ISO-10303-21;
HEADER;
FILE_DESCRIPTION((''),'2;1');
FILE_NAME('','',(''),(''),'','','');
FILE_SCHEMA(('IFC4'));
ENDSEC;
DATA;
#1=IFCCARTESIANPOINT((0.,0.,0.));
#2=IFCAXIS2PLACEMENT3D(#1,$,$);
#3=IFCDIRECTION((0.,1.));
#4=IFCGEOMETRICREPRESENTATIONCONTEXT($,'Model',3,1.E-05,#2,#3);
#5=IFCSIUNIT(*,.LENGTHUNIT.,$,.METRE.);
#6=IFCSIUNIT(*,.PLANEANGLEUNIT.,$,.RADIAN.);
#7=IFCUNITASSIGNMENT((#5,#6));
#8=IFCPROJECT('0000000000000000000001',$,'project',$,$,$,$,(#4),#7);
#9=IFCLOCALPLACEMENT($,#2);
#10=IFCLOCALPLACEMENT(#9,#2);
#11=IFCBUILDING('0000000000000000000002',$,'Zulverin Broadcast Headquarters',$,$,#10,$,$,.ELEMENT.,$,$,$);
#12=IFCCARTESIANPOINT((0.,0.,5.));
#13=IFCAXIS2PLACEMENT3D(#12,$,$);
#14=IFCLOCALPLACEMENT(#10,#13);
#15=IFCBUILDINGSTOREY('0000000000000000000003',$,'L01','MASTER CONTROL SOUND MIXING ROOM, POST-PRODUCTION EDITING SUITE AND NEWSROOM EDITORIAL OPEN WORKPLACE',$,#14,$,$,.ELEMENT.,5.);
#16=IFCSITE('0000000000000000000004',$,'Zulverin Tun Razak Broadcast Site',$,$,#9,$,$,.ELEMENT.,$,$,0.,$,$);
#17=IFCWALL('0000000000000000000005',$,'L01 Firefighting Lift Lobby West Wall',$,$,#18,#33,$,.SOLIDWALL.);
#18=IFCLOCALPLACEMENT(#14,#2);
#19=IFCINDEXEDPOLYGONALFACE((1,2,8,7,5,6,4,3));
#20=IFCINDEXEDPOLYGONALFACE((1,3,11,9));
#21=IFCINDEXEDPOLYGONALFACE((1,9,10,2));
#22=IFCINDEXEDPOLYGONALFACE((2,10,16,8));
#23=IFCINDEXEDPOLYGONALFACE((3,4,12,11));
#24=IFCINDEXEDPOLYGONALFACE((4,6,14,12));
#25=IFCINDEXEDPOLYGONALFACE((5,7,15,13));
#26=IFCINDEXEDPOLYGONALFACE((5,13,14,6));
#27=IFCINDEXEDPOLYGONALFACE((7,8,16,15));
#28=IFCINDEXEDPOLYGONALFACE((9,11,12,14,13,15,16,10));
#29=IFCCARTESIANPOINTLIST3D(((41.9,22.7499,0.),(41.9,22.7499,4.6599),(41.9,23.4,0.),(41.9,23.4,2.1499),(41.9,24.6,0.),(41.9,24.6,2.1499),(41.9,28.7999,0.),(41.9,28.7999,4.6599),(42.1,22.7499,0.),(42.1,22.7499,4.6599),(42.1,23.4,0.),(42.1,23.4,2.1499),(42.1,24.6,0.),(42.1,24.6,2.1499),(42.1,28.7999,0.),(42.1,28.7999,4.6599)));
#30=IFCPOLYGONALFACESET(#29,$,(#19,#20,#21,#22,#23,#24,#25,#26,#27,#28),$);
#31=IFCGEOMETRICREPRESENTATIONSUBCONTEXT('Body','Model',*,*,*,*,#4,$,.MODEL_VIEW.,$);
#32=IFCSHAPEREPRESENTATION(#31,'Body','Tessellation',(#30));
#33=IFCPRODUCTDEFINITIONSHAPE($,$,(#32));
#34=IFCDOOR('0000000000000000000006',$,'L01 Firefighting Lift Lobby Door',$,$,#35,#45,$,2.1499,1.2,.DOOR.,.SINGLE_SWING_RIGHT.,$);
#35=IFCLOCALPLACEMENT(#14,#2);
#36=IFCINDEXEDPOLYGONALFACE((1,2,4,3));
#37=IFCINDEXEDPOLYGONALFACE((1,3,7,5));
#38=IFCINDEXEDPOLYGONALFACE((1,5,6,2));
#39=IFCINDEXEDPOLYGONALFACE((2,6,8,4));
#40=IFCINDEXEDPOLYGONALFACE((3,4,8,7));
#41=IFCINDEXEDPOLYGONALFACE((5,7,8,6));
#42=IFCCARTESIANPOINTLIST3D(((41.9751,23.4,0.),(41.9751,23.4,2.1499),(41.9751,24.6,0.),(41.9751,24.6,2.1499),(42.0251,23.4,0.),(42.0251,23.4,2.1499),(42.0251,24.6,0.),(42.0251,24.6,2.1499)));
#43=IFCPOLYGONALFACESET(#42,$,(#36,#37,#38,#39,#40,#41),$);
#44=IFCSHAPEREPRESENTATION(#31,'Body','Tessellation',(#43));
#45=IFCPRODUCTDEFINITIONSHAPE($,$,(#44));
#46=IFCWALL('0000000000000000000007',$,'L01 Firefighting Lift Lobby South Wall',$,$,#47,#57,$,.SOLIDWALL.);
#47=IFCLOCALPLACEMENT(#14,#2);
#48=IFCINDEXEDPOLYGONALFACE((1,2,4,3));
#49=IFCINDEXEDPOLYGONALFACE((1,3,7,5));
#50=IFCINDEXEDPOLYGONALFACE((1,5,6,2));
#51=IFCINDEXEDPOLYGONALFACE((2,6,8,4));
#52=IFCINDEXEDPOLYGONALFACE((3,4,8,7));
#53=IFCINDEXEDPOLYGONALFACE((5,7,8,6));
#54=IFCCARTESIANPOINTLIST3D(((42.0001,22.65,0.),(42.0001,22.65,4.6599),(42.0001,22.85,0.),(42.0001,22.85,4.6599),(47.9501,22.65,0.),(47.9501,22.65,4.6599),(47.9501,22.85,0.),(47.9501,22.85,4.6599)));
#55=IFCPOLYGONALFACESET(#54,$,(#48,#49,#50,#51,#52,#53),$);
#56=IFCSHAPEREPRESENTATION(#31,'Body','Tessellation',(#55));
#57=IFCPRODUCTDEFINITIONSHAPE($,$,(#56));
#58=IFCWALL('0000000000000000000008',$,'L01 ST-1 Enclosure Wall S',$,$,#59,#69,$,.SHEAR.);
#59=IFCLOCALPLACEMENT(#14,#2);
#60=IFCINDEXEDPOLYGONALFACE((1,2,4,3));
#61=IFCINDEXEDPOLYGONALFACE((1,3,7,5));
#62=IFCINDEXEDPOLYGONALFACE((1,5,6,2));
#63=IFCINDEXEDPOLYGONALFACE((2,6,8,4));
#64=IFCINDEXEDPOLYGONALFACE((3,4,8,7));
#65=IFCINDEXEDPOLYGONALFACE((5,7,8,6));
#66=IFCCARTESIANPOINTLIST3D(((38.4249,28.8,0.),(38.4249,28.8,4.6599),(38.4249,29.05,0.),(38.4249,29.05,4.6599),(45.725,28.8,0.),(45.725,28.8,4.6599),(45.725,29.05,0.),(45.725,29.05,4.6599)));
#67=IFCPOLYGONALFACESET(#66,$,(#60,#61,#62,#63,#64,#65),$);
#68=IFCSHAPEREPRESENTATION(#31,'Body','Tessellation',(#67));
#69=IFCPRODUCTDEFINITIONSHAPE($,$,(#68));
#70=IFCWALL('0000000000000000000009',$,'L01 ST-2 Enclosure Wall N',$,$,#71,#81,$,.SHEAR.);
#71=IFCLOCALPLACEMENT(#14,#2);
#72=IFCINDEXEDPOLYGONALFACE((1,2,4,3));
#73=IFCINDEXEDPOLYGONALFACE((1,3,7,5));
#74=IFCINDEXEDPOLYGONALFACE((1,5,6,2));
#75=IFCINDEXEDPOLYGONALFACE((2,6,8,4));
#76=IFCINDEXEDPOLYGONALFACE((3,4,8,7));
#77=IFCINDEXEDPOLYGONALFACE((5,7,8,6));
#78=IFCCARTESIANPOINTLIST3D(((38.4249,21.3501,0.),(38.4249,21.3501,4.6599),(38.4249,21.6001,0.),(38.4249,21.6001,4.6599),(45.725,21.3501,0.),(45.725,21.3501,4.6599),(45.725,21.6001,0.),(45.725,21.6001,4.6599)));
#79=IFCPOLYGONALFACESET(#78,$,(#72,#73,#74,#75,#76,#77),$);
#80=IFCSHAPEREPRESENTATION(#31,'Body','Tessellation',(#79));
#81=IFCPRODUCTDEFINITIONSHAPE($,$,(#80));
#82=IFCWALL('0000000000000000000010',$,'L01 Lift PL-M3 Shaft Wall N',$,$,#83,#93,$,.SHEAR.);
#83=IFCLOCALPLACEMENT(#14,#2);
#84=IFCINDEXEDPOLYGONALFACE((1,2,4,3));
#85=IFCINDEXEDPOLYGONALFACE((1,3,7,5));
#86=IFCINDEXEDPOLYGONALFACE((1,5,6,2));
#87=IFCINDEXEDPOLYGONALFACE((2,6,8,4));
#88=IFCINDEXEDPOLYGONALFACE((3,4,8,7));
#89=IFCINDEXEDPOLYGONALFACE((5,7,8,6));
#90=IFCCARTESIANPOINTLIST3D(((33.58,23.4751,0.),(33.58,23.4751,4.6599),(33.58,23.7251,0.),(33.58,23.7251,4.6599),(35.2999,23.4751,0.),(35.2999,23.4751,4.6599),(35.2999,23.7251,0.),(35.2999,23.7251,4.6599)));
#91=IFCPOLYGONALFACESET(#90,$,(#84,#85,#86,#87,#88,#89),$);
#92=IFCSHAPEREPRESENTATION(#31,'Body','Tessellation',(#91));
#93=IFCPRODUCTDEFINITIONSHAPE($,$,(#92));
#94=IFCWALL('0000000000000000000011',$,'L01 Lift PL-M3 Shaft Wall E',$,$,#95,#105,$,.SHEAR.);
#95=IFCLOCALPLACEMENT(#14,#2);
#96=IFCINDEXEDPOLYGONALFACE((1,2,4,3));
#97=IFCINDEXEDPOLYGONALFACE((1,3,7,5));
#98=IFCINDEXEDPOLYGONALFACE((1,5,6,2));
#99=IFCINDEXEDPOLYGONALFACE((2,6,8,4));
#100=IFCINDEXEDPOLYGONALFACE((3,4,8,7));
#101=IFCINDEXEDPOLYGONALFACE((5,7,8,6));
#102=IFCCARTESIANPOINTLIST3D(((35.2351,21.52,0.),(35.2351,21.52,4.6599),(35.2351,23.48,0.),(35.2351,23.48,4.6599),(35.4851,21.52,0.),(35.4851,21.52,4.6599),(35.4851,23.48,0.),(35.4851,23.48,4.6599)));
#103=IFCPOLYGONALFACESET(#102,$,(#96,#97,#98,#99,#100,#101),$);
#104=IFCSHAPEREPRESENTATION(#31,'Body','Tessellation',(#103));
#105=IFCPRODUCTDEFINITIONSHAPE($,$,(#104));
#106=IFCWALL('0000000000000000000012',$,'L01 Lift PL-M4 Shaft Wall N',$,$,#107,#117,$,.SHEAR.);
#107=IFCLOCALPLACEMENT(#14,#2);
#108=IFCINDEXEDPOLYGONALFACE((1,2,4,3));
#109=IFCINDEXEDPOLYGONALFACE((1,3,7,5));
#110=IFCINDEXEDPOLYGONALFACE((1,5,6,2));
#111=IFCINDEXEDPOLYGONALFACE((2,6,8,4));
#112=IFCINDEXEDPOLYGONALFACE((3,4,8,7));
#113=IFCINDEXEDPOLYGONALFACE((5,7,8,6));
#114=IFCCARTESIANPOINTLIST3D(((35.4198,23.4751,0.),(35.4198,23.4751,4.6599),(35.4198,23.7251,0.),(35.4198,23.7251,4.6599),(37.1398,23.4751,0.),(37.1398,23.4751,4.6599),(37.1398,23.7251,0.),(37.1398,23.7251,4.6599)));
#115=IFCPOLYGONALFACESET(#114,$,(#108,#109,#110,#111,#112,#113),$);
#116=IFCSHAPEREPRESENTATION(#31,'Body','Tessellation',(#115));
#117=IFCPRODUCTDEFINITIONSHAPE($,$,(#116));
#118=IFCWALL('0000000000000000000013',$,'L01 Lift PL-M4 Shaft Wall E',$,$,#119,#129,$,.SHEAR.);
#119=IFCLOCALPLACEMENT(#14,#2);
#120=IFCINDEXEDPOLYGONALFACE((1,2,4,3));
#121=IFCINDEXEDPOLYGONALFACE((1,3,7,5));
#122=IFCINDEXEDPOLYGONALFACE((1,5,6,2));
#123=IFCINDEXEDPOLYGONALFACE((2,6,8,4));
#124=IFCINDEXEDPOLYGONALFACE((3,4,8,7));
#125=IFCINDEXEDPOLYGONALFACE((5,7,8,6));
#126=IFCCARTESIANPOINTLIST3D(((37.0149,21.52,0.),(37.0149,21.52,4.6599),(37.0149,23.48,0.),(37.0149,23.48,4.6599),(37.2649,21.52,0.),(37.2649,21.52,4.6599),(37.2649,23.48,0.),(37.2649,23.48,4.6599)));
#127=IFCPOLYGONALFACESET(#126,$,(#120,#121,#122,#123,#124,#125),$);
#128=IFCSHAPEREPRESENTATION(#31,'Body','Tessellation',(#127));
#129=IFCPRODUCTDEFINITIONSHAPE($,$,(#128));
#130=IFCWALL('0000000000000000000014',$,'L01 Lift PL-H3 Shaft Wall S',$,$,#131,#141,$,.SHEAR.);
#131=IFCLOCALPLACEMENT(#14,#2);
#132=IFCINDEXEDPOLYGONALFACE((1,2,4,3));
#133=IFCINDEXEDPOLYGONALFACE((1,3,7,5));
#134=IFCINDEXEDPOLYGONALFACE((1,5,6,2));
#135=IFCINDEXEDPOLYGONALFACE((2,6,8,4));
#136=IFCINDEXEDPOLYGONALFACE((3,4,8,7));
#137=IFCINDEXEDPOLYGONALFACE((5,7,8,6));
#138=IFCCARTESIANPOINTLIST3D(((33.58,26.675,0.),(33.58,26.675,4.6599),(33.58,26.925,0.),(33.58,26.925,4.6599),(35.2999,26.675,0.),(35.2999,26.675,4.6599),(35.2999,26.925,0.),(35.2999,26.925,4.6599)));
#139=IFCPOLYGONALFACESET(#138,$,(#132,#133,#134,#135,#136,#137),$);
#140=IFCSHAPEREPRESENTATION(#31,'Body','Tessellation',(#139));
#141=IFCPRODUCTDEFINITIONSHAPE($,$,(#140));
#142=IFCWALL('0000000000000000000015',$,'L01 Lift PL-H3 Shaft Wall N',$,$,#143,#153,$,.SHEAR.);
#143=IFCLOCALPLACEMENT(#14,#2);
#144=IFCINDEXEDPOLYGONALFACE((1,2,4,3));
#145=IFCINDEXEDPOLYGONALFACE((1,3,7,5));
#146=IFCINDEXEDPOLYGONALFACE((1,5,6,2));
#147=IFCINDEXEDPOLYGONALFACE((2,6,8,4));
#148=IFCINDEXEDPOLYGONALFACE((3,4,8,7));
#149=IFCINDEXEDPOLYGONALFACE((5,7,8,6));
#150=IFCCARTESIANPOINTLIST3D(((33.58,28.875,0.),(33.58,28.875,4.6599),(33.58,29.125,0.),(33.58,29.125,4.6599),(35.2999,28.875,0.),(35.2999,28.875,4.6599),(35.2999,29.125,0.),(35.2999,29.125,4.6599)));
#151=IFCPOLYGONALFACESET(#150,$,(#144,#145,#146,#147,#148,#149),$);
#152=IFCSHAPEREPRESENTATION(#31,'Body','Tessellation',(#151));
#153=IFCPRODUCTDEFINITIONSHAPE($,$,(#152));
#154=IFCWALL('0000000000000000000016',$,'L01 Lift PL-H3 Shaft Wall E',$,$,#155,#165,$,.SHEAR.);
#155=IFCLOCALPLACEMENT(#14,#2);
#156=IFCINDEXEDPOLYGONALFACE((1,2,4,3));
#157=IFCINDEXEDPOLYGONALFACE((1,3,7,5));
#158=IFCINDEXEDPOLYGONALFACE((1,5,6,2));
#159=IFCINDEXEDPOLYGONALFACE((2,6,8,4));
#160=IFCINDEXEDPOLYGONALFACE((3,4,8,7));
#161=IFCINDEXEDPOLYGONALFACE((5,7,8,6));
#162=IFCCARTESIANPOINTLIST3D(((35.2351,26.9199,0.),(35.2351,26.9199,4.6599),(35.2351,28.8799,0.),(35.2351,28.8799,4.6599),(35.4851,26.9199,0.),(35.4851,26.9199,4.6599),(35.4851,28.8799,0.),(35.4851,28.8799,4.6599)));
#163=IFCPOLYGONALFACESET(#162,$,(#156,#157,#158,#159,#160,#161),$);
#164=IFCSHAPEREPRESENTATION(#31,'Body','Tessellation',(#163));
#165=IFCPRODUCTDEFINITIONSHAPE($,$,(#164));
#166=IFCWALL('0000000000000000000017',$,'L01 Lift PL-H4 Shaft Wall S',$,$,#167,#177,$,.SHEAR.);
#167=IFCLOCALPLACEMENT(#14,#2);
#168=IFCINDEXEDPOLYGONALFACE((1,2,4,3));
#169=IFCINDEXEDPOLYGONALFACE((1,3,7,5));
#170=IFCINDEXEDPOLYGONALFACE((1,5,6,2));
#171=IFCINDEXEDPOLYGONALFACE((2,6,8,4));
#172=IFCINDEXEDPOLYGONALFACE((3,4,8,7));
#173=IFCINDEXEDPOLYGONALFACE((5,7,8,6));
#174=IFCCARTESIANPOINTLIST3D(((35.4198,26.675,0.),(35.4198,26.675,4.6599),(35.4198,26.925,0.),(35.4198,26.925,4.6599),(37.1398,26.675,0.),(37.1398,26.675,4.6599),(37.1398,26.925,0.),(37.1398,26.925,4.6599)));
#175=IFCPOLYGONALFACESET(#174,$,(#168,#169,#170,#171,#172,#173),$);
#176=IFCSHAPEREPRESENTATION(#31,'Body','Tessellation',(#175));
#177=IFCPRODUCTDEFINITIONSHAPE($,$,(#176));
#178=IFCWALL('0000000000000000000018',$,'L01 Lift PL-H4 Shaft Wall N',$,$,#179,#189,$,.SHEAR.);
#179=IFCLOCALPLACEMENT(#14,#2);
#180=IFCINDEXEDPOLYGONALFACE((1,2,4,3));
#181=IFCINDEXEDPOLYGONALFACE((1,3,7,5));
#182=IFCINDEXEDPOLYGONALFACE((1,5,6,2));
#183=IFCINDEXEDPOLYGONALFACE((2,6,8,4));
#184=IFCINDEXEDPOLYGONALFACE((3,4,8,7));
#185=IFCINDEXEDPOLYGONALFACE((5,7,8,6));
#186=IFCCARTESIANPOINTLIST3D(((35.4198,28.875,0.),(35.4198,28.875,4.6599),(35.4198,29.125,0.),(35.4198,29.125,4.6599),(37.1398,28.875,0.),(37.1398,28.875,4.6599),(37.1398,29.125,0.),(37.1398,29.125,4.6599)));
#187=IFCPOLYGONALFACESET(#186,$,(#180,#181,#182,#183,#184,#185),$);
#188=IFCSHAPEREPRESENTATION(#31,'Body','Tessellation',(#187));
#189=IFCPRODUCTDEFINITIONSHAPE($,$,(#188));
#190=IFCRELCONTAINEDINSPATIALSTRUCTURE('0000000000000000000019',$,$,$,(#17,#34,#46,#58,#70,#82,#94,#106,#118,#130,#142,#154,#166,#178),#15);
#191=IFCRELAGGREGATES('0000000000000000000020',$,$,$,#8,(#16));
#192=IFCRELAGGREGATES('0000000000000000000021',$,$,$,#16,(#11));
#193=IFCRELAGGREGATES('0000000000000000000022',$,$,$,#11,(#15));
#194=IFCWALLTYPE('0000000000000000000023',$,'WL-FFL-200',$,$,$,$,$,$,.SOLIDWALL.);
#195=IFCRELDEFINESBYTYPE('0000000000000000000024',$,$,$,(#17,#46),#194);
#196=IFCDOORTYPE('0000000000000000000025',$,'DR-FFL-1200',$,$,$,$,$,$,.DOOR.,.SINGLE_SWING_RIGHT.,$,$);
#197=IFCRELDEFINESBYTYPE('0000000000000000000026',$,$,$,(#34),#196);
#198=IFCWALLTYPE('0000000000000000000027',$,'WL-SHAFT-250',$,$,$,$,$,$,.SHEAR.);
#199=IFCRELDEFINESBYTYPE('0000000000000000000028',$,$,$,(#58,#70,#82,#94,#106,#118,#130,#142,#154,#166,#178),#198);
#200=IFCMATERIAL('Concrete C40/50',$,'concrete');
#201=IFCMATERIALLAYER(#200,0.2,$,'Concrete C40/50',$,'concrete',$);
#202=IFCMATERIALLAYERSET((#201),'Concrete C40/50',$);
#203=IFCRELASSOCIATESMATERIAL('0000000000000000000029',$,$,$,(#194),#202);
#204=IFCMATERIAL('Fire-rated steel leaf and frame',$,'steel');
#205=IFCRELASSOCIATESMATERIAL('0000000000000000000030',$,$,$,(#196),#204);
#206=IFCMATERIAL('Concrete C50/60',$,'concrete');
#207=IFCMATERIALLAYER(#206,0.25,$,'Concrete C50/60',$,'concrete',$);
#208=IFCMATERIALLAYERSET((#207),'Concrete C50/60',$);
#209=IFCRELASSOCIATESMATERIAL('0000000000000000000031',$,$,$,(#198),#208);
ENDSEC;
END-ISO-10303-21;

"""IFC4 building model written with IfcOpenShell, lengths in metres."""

from ifc_helpers import new_model, si_unit, direction, frame, frame_2d, origin, place, context, subcontext, project, spatial, rectangle, extrude, material, layer, layer_set, type_object, element, fill, save


model = new_model("IFC4")

# Units and contexts
model_context = context("Model", 3, precision=1e-05, world=origin(), true_north=direction((0.0, 1.0)))
body_context = subcontext(model_context, "Body", "Model", "MODEL_VIEW")
ifc_project = project(units=[si_unit("LENGTHUNIT", "METRE"), si_unit("PLANEANGLEUNIT", "RADIAN")], contexts=[model_context])

# Site, building, storey
site_placement = place(None, origin())
site = spatial("IfcSite", under=ifc_project, at=site_placement, Name="Zulverin Tun Razak Broadcast Site", CompositionType="ELEMENT", RefElevation=0.0)
building_placement = place(site_placement, origin())
building = spatial("IfcBuilding", under=site, at=building_placement, Name="Zulverin Broadcast Headquarters", CompositionType="ELEMENT")
storey_placement = place(building_placement, frame((0.0, 0.0, 5.0)))
storey = spatial("IfcBuildingStorey", under=building, at=storey_placement, Name="L01", Description="MASTER CONTROL SOUND MIXING ROOM, POST-PRODUCTION EDITING SUITE AND NEWSROOM EDITORIAL OPEN WORKPLACE", CompositionType="ELEMENT", Elevation=5.0)

# Wall, opening, door
ifc_material_1 = material(Name="Concrete C40/50", Category="concrete")
ifc_layer_1 = layer(ifc_material_1, 0.2, Name="Concrete C40/50", Category="concrete")
ifc_layer_set_1 = layer_set([ifc_layer_1], Name="Concrete C40/50")
wall_type_1 = type_object("IfcWallType", Name="WL-FFL-200", PredefinedType="SOLIDWALL", material=ifc_layer_set_1)
wall_1_placement = place(storey_placement, frame((42.0, 22.75, 0.0), z_axis=(0.0, 0.0, 1.0), x_axis=(0.0, 1.0, 0.0)))
wall_1 = element("IfcWall", 1, at=wall_1_placement, inside=storey, type_object=wall_type_1, Name="L01 Firefighting Lift Lobby West Wall", PredefinedType="SOLIDWALL", context=body_context, shape_type="SweptSolid", body=[
    extrude(rectangle(XDim=6.05, YDim=0.2, at=frame_2d((3.0249, 0.0))), origin(), (0.0, 0.0, 1.0), 4.6599),
])
opening_1_placement = place(wall_1_placement, frame((0.6499, 0.0, 0.0)))
opening_1 = element("IfcOpeningElement", 2, at=opening_1_placement, cuts=wall_1, PredefinedType="OPENING", context=body_context, shape_type="SweptSolid", body=[
    extrude(rectangle(XDim=1.2, YDim=2.1499, at=frame_2d((0.6001, 1.075))), frame((0.0, 0.1099, 0.0), z_axis=(0.0, -1.0, 0.0), x_axis=(1.0, 0.0, 0.0)), (0.0, 0.0, 1.0), 0.22),
])
ifc_material_2 = material(Name="Fire-rated steel leaf and frame", Category="steel")
door_type_1 = type_object("IfcDoorType", Name="DR-FFL-1200", OperationType="SINGLE_SWING_RIGHT", PredefinedType="DOOR", material=ifc_material_2)
door_1_placement = place(opening_1_placement, origin())
door_1 = element("IfcDoor", 3, at=door_1_placement, inside=storey, type_object=door_type_1, Name="L01 Firefighting Lift Lobby Door", OperationType="SINGLE_SWING_RIGHT", OverallHeight=2.1499, OverallWidth=1.2, PredefinedType="DOOR", context=body_context, shape_type="SweptSolid", body=[
    extrude(rectangle(XDim=1.2, YDim=2.1499, at=frame_2d((0.6001, 1.075))), frame((0.0, 0.0249, 0.0), z_axis=(0.0, -1.0, 0.0), x_axis=(1.0, 0.0, 0.0)), (0.0, 0.0, 1.0), 0.05),
])
fill(opening_1, door_1)

# Wall
wall_2_placement = place(storey_placement, frame((42.0, 22.75, 0.0), z_axis=(0.0, 0.0, 1.0), x_axis=(1.0, 0.0, 0.0)))
element("IfcWall", 4, at=wall_2_placement, inside=storey, type_object=wall_type_1, Name="L01 Firefighting Lift Lobby South Wall", PredefinedType="SOLIDWALL", context=body_context, shape_type="SweptSolid", body=[
    extrude(rectangle(XDim=5.95, YDim=0.2, at=frame_2d((2.9751, 0.0))), origin(), (0.0, 0.0, 1.0), 4.6599),
])

# Wall
ifc_material_3 = material(Name="Concrete C50/60", Category="concrete")
ifc_layer_2 = layer(ifc_material_3, 0.25, Name="Concrete C50/60", Category="concrete")
ifc_layer_set_2 = layer_set([ifc_layer_2], Name="Concrete C50/60")
wall_type_2 = type_object("IfcWallType", Name="WL-SHAFT-250", PredefinedType="SHEAR", material=ifc_layer_set_2)
wall_3_placement = place(storey_placement, frame((38.425, 28.925, 0.0), z_axis=(0.0, 0.0, 1.0), x_axis=(1.0, 0.0, 0.0)))
element("IfcWall", 5, at=wall_3_placement, inside=storey, type_object=wall_type_2, Name="L01 ST-1 Enclosure Wall S", PredefinedType="SHEAR", context=body_context, shape_type="SweptSolid", body=[
    extrude(rectangle(XDim=7.3, YDim=0.25, at=frame_2d((3.6499, 0.0))), origin(), (0.0, 0.0, 1.0), 4.6599),
])

# Walls
wall_4_placement = place(storey_placement, frame((38.425, 21.4751, 0.0), z_axis=(0.0, 0.0, 1.0), x_axis=(1.0, 0.0, 0.0)))
element("IfcWall", 6, at=wall_4_placement, inside=storey, type_object=wall_type_2, Name="L01 ST-2 Enclosure Wall N", PredefinedType="SHEAR", context=body_context, shape_type="SweptSolid", body=[
    extrude(rectangle(XDim=7.3, YDim=0.25, at=frame_2d((3.6499, 0.0))), origin(), (0.0, 0.0, 1.0), 4.6599),
])
wall_5_placement = place(storey_placement, frame((33.5801, 23.6001, 0.0), z_axis=(0.0, 0.0, 1.0), x_axis=(1.0, 0.0, 0.0)))
element("IfcWall", 7, at=wall_5_placement, inside=storey, type_object=wall_type_2, Name="L01 Lift PL-M3 Shaft Wall N", PredefinedType="SHEAR", context=body_context, shape_type="SweptSolid", body=[
    extrude(rectangle(XDim=1.72, YDim=0.25, at=frame_2d((0.8599, 0.0))), origin(), (0.0, 0.0, 1.0), 4.6599),
])
wall_6_placement = place(storey_placement, frame((35.3601, 21.52, 0.0), z_axis=(0.0, 0.0, 1.0), x_axis=(0.0, 1.0, 0.0)))
element("IfcWall", 8, at=wall_6_placement, inside=storey, type_object=wall_type_2, Name="L01 Lift PL-M3 Shaft Wall E", PredefinedType="SHEAR", context=body_context, shape_type="SweptSolid", body=[
    extrude(rectangle(XDim=1.96, YDim=0.25, at=frame_2d((0.98, 0.0))), origin(), (0.0, 0.0, 1.0), 4.6599),
])
wall_7_placement = place(storey_placement, frame((35.4199, 23.6001, 0.0), z_axis=(0.0, 0.0, 1.0), x_axis=(1.0, 0.0, 0.0)))
element("IfcWall", 9, at=wall_7_placement, inside=storey, type_object=wall_type_2, Name="L01 Lift PL-M4 Shaft Wall N", PredefinedType="SHEAR", context=body_context, shape_type="SweptSolid", body=[
    extrude(rectangle(XDim=1.72, YDim=0.25, at=frame_2d((0.8599, 0.0))), origin(), (0.0, 0.0, 1.0), 4.6599),
])
wall_8_placement = place(storey_placement, frame((37.1399, 21.52, 0.0), z_axis=(0.0, 0.0, 1.0), x_axis=(0.0, 1.0, 0.0)))
element("IfcWall", 10, at=wall_8_placement, inside=storey, type_object=wall_type_2, Name="L01 Lift PL-M4 Shaft Wall E", PredefinedType="SHEAR", context=body_context, shape_type="SweptSolid", body=[
    extrude(rectangle(XDim=1.96, YDim=0.25, at=frame_2d((0.98, 0.0))), origin(), (0.0, 0.0, 1.0), 4.6599),
])
for number, where, z_axis, x_axis, name in (
    (11, (33.5801, 26.8, 0.0), (0.0, 0.0, 1.0), (1.0, 0.0, 0.0), "L01 Lift PL-H3 Shaft Wall S"),
    (12, (33.5801, 29.0, 0.0), (0.0, 0.0, 1.0), (1.0, 0.0, 0.0), "L01 Lift PL-H3 Shaft Wall N"),
):
    element("IfcWall", number, at=place(storey_placement, frame(where, z_axis=z_axis, x_axis=x_axis)), inside=storey, type_object=wall_type_2, Name=name, PredefinedType="SHEAR", context=body_context, shape_type="SweptSolid", body=[
        extrude(rectangle(XDim=1.72, YDim=0.25, at=frame_2d((0.8599, 0.0))), origin(), (0.0, 0.0, 1.0), 4.6599),
    ])
wall_9_placement = place(storey_placement, frame((35.3601, 26.9199, 0.0), z_axis=(0.0, 0.0, 1.0), x_axis=(0.0, 1.0, 0.0)))
element("IfcWall", 13, at=wall_9_placement, inside=storey, type_object=wall_type_2, Name="L01 Lift PL-H3 Shaft Wall E", PredefinedType="SHEAR", context=body_context, shape_type="SweptSolid", body=[
    extrude(rectangle(XDim=1.96, YDim=0.25, at=frame_2d((0.98, 0.0))), origin(), (0.0, 0.0, 1.0), 4.6599),
])
for number, where, z_axis, x_axis, name in (
    (14, (35.4199, 26.8, 0.0), (0.0, 0.0, 1.0), (1.0, 0.0, 0.0), "L01 Lift PL-H4 Shaft Wall S"),
    (15, (35.4199, 29.0, 0.0), (0.0, 0.0, 1.0), (1.0, 0.0, 0.0), "L01 Lift PL-H4 Shaft Wall N"),
):
    element("IfcWall", number, at=place(storey_placement, frame(where, z_axis=z_axis, x_axis=x_axis)), inside=storey, type_object=wall_type_2, Name=name, PredefinedType="SHEAR", context=body_context, shape_type="SweptSolid", body=[
        extrude(rectangle(XDim=1.72, YDim=0.25, at=frame_2d((0.8599, 0.0))), origin(), (0.0, 0.0, 1.0), 4.6599),
    ])

save(model, "model.ifc")
